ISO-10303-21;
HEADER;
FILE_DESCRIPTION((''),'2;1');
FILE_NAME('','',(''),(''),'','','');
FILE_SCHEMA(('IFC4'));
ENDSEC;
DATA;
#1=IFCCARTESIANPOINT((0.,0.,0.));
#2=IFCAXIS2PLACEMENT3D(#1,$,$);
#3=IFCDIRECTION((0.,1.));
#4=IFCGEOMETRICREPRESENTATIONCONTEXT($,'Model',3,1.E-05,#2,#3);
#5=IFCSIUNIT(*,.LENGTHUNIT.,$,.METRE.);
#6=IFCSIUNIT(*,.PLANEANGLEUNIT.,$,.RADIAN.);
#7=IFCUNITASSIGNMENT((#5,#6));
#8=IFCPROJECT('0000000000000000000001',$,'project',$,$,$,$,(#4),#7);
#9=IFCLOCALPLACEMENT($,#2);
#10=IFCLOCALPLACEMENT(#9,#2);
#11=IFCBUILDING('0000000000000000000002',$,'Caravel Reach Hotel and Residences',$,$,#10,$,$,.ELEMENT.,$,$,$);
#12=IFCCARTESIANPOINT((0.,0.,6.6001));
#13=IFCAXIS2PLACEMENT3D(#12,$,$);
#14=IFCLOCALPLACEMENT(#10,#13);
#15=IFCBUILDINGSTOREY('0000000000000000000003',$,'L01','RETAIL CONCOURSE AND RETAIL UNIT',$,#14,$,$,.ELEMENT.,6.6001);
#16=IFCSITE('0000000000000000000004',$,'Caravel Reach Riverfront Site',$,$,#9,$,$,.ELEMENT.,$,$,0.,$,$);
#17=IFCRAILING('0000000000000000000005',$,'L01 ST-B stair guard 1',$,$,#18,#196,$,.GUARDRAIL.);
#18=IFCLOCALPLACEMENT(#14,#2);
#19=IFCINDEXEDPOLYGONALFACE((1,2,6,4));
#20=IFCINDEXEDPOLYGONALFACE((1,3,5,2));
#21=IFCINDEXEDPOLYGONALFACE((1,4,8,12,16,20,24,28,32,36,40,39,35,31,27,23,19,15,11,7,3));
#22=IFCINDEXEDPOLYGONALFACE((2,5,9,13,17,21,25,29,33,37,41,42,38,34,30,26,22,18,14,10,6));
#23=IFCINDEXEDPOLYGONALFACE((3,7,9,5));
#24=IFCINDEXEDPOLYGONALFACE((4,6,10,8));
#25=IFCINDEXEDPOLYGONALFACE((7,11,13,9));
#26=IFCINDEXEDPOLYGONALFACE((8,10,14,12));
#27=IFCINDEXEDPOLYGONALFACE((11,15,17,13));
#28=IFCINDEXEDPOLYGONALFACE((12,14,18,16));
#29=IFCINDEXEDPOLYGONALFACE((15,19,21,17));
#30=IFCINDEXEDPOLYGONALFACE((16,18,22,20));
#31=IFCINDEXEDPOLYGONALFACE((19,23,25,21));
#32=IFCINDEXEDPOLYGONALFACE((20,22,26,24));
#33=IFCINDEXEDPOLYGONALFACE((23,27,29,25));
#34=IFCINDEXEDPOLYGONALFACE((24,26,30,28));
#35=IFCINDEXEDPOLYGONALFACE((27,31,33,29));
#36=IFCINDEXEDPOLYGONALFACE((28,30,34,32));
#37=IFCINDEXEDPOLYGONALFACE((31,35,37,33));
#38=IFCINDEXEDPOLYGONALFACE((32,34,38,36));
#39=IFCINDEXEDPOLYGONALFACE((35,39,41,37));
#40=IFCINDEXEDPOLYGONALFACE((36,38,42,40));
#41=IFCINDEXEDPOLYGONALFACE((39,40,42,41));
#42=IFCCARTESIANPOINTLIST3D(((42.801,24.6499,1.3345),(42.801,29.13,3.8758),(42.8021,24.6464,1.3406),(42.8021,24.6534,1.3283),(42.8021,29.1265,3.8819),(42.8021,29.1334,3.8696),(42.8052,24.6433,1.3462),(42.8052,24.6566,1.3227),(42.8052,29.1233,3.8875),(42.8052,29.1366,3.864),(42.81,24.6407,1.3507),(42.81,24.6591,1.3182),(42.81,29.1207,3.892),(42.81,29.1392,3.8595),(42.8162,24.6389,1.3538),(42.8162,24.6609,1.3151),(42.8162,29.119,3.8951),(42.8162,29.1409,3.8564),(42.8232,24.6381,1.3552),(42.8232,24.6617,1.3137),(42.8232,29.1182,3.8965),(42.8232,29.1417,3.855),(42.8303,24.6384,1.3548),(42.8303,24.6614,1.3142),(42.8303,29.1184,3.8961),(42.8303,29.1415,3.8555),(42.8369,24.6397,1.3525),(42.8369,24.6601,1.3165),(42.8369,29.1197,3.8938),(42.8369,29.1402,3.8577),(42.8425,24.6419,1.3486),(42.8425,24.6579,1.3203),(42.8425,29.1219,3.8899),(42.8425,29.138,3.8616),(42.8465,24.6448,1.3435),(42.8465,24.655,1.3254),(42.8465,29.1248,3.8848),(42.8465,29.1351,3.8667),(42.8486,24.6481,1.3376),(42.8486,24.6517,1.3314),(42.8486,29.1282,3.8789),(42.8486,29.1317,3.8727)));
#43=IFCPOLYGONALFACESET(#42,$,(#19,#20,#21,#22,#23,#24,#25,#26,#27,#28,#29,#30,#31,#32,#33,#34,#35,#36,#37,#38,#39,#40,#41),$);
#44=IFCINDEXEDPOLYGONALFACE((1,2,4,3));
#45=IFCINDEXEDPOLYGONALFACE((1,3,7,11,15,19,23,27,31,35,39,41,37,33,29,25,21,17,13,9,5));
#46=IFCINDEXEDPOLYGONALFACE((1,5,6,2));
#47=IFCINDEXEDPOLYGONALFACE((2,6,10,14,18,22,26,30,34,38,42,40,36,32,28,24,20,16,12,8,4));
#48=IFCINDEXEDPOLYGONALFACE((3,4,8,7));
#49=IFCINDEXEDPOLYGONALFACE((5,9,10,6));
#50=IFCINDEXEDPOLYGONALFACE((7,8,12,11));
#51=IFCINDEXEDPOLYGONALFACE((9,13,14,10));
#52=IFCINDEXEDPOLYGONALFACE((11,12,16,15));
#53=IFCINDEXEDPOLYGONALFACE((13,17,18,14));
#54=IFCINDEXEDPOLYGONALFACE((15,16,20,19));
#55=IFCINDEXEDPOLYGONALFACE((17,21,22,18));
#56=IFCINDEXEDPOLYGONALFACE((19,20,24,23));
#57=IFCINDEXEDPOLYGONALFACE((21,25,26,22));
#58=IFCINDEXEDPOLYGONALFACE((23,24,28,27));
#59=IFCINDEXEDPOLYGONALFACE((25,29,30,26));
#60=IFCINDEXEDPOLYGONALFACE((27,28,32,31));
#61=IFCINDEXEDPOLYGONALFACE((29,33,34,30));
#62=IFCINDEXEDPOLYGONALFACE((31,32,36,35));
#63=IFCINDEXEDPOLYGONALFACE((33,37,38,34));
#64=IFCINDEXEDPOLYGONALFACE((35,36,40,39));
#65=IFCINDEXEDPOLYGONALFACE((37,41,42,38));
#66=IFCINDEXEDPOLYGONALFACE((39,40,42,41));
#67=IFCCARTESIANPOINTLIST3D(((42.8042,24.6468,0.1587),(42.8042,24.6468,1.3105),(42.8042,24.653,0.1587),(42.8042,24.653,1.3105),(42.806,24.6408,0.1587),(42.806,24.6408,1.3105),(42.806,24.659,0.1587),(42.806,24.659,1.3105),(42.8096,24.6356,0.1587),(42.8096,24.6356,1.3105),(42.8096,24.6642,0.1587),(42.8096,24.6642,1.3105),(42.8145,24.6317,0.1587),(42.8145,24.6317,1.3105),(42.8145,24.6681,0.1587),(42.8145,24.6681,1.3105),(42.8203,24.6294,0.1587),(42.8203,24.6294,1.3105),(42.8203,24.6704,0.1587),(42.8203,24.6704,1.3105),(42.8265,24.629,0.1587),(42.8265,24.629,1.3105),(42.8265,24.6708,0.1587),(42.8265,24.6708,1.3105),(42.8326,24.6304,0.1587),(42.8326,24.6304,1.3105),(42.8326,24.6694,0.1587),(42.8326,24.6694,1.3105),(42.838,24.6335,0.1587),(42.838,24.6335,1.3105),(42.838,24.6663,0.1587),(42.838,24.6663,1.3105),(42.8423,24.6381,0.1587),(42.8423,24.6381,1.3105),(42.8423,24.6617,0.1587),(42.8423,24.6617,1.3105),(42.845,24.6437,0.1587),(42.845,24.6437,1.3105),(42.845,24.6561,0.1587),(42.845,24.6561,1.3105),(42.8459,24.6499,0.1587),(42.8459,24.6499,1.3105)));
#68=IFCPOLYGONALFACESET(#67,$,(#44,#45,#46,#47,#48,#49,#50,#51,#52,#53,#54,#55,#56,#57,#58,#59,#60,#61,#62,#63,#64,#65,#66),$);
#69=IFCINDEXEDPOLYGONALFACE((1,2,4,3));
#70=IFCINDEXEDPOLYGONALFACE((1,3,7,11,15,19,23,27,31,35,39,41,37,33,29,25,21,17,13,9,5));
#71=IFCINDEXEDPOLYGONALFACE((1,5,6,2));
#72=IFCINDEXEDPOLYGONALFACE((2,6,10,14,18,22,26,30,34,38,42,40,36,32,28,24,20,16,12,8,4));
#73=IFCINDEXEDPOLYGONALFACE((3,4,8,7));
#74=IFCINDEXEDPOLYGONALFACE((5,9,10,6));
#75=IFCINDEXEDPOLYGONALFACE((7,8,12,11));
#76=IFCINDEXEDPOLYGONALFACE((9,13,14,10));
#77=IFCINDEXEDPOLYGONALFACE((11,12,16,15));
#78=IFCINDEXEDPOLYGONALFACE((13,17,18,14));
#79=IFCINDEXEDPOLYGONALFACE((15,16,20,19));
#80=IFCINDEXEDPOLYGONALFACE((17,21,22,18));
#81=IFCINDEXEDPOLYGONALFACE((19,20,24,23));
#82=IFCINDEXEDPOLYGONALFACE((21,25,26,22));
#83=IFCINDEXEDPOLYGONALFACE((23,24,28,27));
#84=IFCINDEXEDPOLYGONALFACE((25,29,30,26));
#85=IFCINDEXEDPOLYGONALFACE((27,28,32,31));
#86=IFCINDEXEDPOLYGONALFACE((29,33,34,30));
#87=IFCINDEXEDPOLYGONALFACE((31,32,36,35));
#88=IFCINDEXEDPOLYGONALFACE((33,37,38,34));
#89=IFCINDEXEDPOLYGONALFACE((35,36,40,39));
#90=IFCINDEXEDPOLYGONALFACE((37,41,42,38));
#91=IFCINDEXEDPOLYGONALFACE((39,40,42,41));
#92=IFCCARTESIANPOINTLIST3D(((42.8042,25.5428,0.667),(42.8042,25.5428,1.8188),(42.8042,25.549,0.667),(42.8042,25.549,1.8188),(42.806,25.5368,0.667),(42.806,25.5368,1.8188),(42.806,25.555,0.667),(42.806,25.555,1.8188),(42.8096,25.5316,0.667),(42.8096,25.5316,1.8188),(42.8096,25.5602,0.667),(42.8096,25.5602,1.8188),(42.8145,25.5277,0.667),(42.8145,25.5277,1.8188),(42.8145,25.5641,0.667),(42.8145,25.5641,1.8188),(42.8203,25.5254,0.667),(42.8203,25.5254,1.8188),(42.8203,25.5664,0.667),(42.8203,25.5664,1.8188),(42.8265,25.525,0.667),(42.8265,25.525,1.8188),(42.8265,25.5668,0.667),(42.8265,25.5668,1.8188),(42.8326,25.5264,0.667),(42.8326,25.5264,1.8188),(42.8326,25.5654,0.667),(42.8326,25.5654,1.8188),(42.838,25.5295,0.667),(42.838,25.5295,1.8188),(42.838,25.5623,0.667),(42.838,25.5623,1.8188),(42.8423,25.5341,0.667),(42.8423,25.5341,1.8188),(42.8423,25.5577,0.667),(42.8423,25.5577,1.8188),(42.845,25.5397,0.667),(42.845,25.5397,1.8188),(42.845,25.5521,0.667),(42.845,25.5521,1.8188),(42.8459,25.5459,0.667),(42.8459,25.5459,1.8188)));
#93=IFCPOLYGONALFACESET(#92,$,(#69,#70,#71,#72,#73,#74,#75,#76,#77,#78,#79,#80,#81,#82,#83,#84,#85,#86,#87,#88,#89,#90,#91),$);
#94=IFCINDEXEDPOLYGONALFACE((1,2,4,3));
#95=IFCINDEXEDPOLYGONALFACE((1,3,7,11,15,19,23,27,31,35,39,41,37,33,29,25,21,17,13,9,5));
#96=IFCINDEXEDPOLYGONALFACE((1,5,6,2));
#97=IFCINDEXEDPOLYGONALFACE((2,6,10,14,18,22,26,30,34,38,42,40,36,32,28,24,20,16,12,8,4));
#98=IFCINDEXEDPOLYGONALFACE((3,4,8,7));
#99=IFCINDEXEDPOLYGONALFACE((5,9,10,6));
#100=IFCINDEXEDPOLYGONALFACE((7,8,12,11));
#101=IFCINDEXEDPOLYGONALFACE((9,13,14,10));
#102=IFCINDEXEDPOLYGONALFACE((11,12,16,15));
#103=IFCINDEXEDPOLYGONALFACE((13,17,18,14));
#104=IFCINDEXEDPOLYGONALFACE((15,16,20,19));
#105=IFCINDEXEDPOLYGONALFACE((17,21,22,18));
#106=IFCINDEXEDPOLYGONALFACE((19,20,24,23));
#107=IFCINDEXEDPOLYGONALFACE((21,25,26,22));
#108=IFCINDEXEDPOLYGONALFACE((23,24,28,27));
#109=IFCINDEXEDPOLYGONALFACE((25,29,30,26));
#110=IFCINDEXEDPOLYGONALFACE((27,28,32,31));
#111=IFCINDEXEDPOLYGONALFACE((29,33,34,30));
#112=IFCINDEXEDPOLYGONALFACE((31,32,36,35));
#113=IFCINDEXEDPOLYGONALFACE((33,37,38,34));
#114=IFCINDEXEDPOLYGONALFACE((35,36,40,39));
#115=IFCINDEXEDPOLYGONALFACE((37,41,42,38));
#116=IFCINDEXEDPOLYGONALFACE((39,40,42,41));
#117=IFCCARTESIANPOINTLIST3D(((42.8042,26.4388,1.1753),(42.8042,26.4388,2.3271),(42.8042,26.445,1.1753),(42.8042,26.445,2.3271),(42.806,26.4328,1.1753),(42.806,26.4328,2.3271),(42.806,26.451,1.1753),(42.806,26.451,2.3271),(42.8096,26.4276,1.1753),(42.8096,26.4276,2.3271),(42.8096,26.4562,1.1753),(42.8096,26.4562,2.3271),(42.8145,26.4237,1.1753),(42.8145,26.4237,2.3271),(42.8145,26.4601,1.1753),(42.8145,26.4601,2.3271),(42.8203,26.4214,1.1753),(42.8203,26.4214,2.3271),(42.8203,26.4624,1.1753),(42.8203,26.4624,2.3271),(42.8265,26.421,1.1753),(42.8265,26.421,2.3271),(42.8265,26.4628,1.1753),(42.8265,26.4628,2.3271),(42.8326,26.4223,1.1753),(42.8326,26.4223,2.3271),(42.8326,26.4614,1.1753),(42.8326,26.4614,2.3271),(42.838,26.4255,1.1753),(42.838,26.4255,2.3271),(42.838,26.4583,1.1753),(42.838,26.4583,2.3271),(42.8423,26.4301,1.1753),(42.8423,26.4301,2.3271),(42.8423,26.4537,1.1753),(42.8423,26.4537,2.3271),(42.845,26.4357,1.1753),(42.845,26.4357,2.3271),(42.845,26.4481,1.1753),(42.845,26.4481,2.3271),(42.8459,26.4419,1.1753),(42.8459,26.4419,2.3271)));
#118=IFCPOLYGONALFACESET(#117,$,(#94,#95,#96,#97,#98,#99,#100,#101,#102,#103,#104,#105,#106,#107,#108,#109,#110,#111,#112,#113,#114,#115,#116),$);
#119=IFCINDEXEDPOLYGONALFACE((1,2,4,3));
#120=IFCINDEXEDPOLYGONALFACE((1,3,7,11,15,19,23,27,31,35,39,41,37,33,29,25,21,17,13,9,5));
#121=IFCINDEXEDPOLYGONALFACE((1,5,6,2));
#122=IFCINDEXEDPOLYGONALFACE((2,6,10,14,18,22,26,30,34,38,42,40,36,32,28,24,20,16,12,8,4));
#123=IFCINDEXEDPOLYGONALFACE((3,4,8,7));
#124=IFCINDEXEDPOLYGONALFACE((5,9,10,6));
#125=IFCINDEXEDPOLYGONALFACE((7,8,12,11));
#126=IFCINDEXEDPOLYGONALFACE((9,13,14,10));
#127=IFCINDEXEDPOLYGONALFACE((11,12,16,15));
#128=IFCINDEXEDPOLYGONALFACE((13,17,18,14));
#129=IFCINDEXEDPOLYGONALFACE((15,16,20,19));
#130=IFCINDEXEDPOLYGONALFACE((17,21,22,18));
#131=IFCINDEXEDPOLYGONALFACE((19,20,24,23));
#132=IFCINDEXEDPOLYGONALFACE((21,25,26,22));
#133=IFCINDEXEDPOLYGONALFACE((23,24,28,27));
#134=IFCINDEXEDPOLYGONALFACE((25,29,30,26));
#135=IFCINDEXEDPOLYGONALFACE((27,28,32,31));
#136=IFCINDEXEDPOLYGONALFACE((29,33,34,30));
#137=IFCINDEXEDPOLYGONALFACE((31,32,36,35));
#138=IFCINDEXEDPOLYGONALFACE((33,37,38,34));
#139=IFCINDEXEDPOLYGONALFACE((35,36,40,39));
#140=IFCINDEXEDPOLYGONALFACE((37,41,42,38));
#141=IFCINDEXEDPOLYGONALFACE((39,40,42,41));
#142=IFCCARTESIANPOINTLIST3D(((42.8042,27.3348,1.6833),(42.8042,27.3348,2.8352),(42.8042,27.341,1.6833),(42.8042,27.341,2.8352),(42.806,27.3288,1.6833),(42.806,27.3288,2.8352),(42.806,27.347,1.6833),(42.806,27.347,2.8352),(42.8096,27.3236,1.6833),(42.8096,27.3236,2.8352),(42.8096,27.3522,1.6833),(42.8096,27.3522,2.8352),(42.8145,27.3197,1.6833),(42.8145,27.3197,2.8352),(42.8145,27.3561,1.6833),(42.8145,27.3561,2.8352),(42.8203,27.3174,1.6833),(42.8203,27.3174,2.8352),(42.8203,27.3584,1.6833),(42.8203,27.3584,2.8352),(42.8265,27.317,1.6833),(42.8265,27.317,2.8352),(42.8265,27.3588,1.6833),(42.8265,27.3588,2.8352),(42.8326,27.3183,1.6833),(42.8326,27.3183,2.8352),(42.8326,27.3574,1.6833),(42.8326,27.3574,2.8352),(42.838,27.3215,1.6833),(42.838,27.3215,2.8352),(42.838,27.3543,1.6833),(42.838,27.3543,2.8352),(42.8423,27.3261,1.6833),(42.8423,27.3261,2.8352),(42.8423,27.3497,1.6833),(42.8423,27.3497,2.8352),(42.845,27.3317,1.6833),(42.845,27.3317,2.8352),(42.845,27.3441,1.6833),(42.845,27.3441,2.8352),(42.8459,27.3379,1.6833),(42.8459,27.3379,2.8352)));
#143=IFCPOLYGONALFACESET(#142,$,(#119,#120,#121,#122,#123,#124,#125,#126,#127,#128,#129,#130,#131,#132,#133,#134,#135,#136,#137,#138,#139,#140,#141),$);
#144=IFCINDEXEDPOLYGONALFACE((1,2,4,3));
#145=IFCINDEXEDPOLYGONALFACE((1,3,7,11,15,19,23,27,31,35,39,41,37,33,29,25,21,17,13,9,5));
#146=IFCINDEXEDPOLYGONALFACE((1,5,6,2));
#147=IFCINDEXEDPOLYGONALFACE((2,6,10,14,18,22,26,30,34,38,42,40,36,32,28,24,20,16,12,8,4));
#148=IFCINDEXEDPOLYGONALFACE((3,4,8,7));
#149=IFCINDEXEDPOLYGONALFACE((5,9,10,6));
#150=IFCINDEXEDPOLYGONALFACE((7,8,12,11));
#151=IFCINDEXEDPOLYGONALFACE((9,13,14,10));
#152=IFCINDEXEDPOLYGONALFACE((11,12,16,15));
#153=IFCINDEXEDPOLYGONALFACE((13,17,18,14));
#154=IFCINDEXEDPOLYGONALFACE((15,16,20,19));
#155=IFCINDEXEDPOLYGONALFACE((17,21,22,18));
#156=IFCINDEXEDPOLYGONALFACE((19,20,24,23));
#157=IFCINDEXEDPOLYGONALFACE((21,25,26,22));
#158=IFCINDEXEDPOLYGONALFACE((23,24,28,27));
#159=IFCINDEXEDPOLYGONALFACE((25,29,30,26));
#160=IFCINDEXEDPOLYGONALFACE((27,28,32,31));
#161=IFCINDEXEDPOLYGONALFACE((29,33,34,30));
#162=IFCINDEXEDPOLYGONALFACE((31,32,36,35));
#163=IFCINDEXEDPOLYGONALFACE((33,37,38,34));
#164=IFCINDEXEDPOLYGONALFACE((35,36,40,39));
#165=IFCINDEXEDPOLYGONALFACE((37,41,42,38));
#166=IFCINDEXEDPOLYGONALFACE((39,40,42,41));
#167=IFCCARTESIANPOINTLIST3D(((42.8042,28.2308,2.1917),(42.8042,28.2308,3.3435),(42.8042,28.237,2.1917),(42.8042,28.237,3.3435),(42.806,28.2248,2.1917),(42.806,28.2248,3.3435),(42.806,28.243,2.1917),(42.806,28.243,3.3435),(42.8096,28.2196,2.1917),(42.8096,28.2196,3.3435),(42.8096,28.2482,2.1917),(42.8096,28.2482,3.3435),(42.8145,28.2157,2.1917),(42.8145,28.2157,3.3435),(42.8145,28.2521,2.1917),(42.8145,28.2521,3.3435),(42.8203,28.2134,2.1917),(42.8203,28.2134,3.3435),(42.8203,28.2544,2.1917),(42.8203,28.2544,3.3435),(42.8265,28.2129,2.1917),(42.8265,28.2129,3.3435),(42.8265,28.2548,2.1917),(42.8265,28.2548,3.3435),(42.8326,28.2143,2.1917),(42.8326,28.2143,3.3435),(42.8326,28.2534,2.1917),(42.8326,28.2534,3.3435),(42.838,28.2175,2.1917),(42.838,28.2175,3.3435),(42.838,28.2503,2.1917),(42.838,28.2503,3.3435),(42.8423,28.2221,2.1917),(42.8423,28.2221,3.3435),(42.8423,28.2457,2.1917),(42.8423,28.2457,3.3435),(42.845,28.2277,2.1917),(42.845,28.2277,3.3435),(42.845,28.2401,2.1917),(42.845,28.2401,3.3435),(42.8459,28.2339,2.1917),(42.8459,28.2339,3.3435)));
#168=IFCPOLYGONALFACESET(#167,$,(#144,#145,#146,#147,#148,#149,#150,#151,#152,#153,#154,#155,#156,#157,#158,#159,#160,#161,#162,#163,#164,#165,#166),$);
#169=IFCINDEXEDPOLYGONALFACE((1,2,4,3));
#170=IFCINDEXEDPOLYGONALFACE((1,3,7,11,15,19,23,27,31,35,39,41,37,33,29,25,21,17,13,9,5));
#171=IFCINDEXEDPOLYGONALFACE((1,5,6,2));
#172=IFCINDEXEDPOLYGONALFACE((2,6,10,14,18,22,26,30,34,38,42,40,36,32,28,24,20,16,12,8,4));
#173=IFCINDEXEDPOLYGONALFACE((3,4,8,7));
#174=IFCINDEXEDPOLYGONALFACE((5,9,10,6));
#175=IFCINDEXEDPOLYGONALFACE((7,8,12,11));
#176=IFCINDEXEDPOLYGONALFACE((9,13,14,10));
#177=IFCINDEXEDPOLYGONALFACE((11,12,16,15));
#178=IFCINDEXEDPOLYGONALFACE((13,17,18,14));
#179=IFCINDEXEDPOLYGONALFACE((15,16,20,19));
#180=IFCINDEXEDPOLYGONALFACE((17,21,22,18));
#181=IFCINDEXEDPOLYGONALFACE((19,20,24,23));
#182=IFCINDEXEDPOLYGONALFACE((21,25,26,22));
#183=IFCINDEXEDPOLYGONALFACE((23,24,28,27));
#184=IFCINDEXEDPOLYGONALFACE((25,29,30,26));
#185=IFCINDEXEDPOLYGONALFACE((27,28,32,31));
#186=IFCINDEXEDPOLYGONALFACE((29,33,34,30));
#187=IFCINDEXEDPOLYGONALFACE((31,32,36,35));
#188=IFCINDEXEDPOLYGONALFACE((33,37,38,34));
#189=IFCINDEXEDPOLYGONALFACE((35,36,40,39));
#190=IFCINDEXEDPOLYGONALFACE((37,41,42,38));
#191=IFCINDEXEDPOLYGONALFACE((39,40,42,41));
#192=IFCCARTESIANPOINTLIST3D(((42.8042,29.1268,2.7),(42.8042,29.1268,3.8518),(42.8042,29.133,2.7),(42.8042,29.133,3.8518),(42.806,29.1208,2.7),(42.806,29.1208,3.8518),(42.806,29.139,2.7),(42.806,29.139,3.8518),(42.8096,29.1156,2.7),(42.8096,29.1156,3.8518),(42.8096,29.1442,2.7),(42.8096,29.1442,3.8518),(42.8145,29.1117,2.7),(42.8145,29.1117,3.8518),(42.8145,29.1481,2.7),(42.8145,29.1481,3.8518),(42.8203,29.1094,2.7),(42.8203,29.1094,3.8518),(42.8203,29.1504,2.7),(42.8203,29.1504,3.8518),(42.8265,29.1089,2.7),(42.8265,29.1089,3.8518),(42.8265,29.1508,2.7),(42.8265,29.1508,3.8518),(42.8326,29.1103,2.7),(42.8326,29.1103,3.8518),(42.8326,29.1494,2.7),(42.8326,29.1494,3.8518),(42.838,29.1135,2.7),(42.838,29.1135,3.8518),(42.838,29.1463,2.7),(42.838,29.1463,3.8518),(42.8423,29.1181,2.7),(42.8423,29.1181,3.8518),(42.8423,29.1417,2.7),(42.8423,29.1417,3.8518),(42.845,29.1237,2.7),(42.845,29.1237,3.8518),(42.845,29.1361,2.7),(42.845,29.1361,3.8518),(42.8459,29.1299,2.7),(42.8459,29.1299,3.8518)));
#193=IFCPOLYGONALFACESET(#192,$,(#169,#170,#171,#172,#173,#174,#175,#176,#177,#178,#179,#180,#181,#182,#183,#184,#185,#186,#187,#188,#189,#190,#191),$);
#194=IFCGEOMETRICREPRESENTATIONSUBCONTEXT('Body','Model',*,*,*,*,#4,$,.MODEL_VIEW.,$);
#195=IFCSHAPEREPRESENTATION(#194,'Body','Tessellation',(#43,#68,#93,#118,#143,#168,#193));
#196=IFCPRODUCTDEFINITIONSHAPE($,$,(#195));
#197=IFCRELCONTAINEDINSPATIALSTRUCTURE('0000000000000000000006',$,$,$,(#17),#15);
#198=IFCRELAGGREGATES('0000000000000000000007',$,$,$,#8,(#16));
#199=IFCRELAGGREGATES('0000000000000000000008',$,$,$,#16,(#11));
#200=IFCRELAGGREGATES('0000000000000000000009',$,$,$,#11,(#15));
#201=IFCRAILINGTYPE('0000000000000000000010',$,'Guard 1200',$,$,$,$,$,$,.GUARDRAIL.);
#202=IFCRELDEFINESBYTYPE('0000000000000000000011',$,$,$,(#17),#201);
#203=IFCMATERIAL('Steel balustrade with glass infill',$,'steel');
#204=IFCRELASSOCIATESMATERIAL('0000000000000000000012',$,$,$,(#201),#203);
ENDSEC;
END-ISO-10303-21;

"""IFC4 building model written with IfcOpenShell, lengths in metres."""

from ifc_helpers import new_model, si_unit, direction, frame, origin, origin_2d, place, context, subcontext, project, spatial, circle, extrude, material, type_object, element, save


model = new_model("IFC4")

# Units and contexts
model_context = context("Model", 3, precision=1e-05, world=origin(), true_north=direction((0.0, 1.0)))
body_context = subcontext(model_context, "Body", "Model", "MODEL_VIEW")
ifc_project = project(units=[si_unit("LENGTHUNIT", "METRE"), si_unit("PLANEANGLEUNIT", "RADIAN")], contexts=[model_context])

# Site, building, storey
site_placement = place(None, origin())
site = spatial("IfcSite", under=ifc_project, at=site_placement, Name="Caravel Reach Riverfront Site", CompositionType="ELEMENT", RefElevation=0.0)
building_placement = place(site_placement, origin())
building = spatial("IfcBuilding", under=site, at=building_placement, Name="Caravel Reach Hotel and Residences", CompositionType="ELEMENT")
storey_placement = place(building_placement, frame((0.0, 0.0, 6.6001)))
storey = spatial("IfcBuildingStorey", under=building, at=storey_placement, Name="L01", Description="RETAIL CONCOURSE AND RETAIL UNIT", CompositionType="ELEMENT", Elevation=6.6001)

# Railing
ifc_material_1 = material(Name="Steel balustrade with glass infill", Category="steel")
railing_type_1 = type_object("IfcRailingType", Name="Guard 1200", PredefinedType="GUARDRAIL", material=ifc_material_1)
railing_1_placement = place(storey_placement, frame((42.825, 24.6499, 0.1587)))
element("IfcRailing", 1, at=railing_1_placement, inside=storey, type_object=railing_type_1, Name="L01 ST-B stair guard 1", PredefinedType="GUARDRAIL", context=body_context, shape_type="SweptSolid", body=[
    extrude(circle(Radius=0.0239, at=origin_2d()), frame((0.0, 0.0, 1.1758), z_axis=(0.0, 0.869805, 0.493395), x_axis=(-1.0, 0.0, 0.0)), (0.0, 0.0, 1.0), 5.1506),
    extrude(circle(Radius=0.021, at=origin_2d()), origin(), (0.0, 0.0, 1.0), 1.1519),
    extrude(circle(Radius=0.021, at=origin_2d()), frame((0.0, 0.896, 0.5083)), (0.0, 0.0, 1.0), 1.1519),
    extrude(circle(Radius=0.021, at=origin_2d()), frame((0.0, 1.792, 1.0166)), (0.0, 0.0, 1.0), 1.1519),
    extrude(circle(Radius=0.021, at=origin_2d()), frame((0.0, 2.688, 1.5247)), (0.0, 0.0, 1.0), 1.1519),
    extrude(circle(Radius=0.021, at=origin_2d()), frame((0.0, 3.584, 2.033)), (0.0, 0.0, 1.0), 1.1519),
    extrude(circle(Radius=0.021, at=origin_2d()), frame((0.0, 4.48, 2.5413)), (0.0, 0.0, 1.0), 1.1519),
])

save(model, "model.ifc")
